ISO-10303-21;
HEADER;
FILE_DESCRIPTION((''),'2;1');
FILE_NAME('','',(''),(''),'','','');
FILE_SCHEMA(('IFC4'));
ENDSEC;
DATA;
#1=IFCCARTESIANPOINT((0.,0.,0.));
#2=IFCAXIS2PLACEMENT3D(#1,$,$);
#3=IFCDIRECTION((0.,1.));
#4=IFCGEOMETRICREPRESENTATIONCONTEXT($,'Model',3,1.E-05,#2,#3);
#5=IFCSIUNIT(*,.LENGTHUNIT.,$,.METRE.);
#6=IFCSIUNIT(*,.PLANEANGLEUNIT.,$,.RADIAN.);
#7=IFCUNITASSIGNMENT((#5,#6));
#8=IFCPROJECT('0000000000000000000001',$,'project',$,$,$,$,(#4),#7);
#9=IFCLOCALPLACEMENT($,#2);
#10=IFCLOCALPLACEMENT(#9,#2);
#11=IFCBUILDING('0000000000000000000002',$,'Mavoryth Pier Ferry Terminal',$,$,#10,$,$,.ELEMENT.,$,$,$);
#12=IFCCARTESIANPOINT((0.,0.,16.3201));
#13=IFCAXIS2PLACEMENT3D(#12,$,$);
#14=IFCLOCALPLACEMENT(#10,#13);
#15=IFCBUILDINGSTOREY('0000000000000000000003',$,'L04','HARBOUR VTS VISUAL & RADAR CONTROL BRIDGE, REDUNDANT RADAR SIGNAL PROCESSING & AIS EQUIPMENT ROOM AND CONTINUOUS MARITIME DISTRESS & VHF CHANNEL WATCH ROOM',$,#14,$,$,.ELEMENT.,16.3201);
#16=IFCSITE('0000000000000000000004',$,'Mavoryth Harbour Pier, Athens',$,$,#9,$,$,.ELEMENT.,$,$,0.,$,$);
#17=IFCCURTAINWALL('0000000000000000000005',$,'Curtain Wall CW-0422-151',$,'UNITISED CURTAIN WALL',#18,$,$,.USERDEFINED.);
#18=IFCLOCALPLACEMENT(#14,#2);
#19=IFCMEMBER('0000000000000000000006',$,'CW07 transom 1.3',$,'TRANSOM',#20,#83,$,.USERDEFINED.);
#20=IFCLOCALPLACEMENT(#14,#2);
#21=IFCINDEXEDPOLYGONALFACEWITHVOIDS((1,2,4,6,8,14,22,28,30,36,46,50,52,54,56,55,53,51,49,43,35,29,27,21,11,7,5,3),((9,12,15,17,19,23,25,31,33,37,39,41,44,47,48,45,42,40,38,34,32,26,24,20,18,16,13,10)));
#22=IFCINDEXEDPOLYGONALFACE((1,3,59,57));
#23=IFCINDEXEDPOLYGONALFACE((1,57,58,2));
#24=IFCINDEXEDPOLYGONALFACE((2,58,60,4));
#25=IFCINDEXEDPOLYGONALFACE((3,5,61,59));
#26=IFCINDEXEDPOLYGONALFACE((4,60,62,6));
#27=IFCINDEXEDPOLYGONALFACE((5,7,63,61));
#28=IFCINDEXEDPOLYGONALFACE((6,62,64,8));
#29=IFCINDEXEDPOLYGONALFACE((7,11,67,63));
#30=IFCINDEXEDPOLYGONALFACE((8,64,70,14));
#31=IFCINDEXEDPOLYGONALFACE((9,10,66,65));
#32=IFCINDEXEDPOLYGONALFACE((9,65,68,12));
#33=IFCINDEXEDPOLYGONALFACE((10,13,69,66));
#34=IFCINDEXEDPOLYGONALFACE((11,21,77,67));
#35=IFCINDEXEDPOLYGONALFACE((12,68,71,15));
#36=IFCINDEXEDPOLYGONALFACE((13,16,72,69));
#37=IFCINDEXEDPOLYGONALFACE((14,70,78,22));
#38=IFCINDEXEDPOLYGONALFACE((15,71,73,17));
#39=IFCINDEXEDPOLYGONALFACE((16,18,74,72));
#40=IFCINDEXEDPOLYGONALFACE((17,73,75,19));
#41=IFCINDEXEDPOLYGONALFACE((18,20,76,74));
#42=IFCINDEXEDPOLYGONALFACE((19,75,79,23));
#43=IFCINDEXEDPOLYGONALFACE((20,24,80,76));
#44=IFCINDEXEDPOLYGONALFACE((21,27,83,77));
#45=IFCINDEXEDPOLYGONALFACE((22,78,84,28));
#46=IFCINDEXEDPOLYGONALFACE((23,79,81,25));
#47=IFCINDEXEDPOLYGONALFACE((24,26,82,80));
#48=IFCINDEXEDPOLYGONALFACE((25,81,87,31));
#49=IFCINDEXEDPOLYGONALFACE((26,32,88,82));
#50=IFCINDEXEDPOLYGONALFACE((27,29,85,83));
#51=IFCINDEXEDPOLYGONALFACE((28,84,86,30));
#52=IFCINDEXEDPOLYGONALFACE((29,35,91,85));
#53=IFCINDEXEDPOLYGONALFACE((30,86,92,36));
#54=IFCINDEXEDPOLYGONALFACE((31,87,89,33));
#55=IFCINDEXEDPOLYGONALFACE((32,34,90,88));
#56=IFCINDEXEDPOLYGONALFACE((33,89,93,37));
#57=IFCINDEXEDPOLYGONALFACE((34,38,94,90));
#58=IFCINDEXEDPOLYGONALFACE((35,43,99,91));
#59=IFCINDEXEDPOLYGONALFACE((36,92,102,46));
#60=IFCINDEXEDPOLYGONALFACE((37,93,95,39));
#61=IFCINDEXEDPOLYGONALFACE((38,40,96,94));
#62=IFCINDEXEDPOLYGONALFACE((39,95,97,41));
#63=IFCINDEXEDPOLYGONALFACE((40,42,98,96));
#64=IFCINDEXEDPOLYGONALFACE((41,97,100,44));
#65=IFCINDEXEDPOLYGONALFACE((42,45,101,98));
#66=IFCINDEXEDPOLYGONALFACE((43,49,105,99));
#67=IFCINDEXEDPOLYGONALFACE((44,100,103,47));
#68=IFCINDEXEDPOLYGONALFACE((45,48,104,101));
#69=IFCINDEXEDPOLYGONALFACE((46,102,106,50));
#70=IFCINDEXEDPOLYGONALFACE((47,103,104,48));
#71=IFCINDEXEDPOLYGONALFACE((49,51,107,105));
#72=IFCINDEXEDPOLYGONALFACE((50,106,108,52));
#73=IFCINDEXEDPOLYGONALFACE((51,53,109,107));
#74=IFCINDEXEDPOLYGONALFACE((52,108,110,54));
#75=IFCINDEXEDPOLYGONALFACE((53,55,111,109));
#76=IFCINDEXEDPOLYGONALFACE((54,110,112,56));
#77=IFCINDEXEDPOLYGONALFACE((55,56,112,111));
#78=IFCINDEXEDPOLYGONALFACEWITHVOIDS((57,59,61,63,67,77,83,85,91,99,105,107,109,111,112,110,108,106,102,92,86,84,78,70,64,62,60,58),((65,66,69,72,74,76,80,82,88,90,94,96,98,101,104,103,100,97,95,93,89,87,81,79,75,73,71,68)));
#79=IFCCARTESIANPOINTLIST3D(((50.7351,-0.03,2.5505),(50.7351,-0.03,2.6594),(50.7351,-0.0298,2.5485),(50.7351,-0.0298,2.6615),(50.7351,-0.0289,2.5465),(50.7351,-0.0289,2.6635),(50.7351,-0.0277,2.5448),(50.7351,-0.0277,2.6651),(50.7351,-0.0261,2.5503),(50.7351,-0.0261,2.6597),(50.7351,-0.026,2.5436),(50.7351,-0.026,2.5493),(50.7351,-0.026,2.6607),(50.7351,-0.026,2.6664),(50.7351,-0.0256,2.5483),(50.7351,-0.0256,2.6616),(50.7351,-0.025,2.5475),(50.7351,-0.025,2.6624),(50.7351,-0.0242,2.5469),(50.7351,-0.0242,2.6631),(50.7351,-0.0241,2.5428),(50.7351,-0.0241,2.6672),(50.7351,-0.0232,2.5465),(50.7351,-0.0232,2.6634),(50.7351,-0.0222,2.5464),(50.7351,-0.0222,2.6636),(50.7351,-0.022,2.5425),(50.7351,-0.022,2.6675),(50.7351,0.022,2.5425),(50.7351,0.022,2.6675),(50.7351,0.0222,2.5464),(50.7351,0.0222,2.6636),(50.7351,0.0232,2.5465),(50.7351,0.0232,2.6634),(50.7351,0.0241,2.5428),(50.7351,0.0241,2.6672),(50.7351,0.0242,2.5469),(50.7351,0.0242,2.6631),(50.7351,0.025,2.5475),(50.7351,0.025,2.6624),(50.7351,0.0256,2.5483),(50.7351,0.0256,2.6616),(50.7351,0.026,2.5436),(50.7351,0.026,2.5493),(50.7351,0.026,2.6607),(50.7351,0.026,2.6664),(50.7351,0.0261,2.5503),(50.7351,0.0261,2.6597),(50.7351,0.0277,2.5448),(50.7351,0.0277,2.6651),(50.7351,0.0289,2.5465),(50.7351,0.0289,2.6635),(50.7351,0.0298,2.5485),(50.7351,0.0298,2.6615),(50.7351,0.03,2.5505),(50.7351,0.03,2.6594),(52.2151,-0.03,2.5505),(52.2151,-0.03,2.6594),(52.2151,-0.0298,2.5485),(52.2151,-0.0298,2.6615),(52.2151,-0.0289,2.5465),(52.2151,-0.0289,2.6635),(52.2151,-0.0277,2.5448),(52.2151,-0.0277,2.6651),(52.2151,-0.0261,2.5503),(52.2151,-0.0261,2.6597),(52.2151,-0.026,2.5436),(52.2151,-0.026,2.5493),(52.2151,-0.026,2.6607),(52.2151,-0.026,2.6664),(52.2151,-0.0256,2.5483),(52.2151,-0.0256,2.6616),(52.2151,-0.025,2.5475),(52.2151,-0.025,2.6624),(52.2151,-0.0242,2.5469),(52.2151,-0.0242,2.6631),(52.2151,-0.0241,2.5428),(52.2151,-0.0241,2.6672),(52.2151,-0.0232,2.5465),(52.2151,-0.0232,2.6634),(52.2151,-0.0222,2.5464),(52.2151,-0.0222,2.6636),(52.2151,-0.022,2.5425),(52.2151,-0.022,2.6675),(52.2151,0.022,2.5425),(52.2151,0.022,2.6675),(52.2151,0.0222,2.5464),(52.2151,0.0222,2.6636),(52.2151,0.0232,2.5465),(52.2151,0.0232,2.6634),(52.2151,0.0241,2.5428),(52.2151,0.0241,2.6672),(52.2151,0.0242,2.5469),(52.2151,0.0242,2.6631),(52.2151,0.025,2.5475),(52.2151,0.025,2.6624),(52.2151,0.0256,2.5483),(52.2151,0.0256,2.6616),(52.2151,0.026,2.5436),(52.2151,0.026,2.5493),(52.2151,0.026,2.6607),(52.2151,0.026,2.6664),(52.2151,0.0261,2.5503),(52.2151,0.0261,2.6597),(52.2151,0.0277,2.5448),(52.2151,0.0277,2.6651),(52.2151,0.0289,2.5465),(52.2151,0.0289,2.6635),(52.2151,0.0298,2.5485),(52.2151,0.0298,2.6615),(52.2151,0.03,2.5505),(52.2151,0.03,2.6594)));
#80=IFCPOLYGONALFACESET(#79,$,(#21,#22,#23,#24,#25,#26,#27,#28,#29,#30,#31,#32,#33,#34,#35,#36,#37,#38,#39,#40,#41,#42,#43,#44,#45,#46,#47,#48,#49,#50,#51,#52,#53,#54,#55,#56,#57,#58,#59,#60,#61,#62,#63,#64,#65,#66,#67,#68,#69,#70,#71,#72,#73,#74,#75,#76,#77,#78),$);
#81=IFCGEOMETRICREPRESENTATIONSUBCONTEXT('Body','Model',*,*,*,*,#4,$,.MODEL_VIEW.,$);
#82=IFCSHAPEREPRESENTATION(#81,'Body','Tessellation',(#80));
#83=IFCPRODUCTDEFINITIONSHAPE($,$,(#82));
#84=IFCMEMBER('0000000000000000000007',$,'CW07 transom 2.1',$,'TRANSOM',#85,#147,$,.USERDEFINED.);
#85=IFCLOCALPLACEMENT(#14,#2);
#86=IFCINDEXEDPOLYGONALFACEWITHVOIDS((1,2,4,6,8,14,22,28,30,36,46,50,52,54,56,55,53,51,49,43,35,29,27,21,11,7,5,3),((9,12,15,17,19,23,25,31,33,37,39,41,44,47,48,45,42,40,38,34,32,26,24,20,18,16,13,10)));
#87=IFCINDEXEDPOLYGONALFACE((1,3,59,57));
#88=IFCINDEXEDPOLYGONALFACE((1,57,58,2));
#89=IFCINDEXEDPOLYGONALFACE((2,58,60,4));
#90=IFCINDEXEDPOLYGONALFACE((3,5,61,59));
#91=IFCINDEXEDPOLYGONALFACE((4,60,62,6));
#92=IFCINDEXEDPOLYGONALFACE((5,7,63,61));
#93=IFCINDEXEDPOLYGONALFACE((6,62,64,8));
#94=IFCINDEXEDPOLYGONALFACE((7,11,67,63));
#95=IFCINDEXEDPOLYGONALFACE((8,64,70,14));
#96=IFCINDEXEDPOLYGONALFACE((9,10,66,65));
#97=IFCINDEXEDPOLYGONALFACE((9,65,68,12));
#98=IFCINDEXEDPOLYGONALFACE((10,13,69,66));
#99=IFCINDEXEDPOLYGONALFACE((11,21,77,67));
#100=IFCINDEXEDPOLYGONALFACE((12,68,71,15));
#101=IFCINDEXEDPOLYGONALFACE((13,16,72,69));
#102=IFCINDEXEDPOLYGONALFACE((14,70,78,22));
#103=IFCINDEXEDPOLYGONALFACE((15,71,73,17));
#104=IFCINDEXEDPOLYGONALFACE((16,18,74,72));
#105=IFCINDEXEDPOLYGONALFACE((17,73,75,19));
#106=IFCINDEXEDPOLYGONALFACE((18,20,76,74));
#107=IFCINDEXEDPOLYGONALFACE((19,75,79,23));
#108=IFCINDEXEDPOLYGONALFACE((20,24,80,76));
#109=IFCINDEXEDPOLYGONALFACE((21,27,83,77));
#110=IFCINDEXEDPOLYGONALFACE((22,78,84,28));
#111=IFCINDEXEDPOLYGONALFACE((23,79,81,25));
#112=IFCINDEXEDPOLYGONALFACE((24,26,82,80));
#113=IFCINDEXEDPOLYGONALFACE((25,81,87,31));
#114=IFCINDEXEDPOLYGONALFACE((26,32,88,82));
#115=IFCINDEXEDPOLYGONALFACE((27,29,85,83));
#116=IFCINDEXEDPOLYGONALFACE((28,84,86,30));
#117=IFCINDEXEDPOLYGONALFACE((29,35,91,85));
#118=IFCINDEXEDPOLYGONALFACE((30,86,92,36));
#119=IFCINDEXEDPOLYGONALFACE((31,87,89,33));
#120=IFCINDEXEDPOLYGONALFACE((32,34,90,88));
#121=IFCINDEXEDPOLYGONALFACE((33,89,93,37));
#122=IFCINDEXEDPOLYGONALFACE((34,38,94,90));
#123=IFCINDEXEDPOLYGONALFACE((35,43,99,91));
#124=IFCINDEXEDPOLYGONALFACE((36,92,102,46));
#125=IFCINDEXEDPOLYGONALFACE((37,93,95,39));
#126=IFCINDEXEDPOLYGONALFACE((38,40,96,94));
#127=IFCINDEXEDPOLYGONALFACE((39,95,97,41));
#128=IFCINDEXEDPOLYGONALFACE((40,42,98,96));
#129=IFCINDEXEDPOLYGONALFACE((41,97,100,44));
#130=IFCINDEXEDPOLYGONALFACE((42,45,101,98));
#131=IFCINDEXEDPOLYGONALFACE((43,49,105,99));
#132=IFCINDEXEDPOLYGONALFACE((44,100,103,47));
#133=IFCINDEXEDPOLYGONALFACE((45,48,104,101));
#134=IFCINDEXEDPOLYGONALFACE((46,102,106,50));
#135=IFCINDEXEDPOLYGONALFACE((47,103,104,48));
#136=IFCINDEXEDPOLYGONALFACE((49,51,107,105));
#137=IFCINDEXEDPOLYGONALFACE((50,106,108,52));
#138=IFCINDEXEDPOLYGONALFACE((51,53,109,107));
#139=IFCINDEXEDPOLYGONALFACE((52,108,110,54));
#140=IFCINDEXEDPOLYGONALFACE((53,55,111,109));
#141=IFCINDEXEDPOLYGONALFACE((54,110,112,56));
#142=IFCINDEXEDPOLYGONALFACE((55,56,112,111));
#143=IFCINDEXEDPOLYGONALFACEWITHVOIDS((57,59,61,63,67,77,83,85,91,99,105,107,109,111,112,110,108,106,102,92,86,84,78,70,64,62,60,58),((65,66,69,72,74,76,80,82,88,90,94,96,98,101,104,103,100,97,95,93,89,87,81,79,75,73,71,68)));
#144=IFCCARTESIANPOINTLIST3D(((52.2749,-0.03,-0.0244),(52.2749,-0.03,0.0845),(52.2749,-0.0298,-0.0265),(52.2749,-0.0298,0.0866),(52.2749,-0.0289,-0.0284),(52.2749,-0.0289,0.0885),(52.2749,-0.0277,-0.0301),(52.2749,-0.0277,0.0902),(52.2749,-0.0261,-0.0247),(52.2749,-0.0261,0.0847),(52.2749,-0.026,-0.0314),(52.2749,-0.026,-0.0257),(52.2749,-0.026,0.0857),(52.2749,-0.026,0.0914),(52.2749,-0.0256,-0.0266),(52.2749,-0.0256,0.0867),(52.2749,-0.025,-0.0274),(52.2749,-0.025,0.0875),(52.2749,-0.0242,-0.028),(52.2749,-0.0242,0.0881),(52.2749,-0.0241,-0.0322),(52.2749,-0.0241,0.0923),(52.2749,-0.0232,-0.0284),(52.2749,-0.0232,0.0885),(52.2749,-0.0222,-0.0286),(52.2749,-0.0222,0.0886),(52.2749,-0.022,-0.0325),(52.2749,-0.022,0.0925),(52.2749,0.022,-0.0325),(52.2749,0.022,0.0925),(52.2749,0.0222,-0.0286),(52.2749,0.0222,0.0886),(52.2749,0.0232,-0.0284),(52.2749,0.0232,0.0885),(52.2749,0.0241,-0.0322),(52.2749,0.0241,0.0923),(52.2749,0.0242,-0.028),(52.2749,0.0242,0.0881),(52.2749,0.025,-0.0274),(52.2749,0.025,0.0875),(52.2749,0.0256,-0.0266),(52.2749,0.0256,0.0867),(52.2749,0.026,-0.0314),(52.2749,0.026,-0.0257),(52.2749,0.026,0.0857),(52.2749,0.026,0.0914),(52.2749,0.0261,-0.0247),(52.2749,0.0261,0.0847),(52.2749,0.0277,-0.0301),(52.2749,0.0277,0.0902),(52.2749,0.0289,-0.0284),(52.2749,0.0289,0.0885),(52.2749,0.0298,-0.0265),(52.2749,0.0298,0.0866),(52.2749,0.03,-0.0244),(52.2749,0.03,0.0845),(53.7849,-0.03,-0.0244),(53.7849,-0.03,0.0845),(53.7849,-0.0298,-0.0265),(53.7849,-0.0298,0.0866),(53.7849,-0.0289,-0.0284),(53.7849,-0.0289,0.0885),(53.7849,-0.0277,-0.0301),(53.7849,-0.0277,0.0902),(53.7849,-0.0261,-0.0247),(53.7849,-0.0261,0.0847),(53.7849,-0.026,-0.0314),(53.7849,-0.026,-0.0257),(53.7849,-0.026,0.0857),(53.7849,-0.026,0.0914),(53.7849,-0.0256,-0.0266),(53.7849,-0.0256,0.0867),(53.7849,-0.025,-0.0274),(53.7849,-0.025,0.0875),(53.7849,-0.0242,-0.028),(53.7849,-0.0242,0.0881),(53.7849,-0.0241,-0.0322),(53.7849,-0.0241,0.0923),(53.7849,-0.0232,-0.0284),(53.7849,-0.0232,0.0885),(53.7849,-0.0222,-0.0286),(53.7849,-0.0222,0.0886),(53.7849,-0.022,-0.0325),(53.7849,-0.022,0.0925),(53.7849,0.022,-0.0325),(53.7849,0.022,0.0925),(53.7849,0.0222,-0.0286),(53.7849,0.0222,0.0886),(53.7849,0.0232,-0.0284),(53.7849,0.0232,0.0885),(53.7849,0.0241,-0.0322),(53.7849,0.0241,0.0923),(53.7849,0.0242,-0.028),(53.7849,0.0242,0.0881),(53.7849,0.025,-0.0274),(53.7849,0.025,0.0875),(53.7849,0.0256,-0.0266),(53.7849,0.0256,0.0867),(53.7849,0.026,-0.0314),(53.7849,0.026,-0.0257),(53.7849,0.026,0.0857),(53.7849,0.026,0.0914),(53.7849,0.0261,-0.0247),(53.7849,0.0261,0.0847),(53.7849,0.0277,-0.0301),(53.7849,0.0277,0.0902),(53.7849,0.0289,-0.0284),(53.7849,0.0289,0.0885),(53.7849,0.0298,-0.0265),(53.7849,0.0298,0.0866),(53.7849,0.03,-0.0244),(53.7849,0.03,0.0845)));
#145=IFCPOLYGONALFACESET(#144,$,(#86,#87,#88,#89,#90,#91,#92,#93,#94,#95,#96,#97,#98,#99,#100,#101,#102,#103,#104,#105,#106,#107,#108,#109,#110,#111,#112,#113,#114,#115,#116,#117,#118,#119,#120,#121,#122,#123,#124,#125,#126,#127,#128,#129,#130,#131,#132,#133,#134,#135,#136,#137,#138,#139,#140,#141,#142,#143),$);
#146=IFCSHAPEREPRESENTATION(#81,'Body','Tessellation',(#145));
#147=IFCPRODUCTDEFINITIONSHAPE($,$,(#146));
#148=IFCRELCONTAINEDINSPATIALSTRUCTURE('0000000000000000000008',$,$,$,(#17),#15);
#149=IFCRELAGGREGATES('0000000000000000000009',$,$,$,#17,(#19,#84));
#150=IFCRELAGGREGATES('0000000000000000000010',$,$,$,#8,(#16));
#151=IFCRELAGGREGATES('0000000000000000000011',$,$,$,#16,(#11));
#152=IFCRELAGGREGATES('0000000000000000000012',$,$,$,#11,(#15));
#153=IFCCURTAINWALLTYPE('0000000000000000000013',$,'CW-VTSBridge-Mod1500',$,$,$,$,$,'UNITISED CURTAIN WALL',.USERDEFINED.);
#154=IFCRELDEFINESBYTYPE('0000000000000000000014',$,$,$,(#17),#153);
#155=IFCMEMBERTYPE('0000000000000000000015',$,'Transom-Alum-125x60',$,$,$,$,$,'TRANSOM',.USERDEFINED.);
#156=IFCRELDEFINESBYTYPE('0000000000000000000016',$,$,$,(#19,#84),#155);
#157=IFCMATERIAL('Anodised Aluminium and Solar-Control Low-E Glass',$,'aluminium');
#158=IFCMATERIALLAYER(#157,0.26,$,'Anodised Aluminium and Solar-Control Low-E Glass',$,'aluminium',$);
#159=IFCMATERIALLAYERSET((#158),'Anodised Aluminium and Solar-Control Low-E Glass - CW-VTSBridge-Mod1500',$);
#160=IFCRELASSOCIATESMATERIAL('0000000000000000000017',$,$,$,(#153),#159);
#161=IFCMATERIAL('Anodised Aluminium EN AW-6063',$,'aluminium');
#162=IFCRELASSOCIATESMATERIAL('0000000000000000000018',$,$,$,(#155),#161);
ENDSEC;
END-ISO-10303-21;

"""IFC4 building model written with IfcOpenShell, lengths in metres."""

from ifc_helpers import new_model, si_unit, direction, frame, origin, origin_2d, place, context, subcontext, project, spatial, hollow_rectangle, extrude, material, layer, layer_set, material_profile, profile_set, type_object, element, aggregate, save


model = new_model("IFC4")

# Units and contexts
model_context = context("Model", 3, precision=1e-05, world=origin(), true_north=direction((0.0, 1.0)))
body_context = subcontext(model_context, "Body", "Model", "MODEL_VIEW")
ifc_project = project(units=[si_unit("LENGTHUNIT", "METRE"), si_unit("PLANEANGLEUNIT", "RADIAN")], contexts=[model_context])

# Site, building, storey
site_placement = place(None, origin())
site = spatial("IfcSite", under=ifc_project, at=site_placement, Name="Mavoryth Harbour Pier, Athens", CompositionType="ELEMENT", RefElevation=0.0)
building_placement = place(site_placement, origin())
building = spatial("IfcBuilding", under=site, at=building_placement, Name="Mavoryth Pier Ferry Terminal", CompositionType="ELEMENT")
storey_placement = place(building_placement, frame((0.0, 0.0, 16.3201)))
storey = spatial("IfcBuildingStorey", under=building, at=storey_placement, Name="L04", Description="HARBOUR VTS VISUAL & RADAR CONTROL BRIDGE, REDUNDANT RADAR SIGNAL PROCESSING & AIS EQUIPMENT ROOM AND CONTINUOUS MARITIME DISTRESS & VHF CHANNEL WATCH ROOM", CompositionType="ELEMENT", Elevation=16.3201)

# Curtain wall
ifc_material_1 = material(Name="Anodised Aluminium and Solar-Control Low-E Glass", Category="aluminium")
ifc_layer_1 = layer(ifc_material_1, 0.26, Name="Anodised Aluminium and Solar-Control Low-E Glass", Category="aluminium")
ifc_layer_set_1 = layer_set([ifc_layer_1], Name="Anodised Aluminium and Solar-Control Low-E Glass - CW-VTSBridge-Mod1500")
curtain_wall_type = type_object("IfcCurtainWallType", Name="CW-VTSBridge-Mod1500", ElementType="UNITISED CURTAIN WALL", PredefinedType="USERDEFINED", material=ifc_layer_set_1)
curtain_wall_placement = place(storey_placement, origin())
curtain_wall = element("IfcCurtainWall", 1, at=curtain_wall_placement, inside=storey, type_object=curtain_wall_type, Name="Curtain Wall CW-0422-151", ObjectType="UNITISED CURTAIN WALL", PredefinedType="USERDEFINED")
ifc_material_2 = material(Name="Anodised Aluminium EN AW-6063", Category="aluminium")

# Members
ifc_material_profile_1 = material_profile(ifc_material_2, hollow_rectangle(XDim=0.0601, YDim=0.125, WallThickness=0.0039, InnerFilletRadius=0.0039, OuterFilletRadius=0.0081, at=origin_2d()), Name="AL-TRAN 125x60x4", Category="aluminium")
ifc_profile_set_1 = profile_set([ifc_material_profile_1], Name="Anodised Aluminium EN AW-6063 - AL-TRAN 125x60x4")
member_type_1 = type_object("IfcMemberType", Name="Transom-Alum-125x60", ElementType="TRANSOM", PredefinedType="USERDEFINED", material=ifc_profile_set_1)
member_1_placement = place(storey_placement, frame((50.7351, 0.0, 2.605), z_axis=(1.0, 0.0, 0.0), x_axis=(0.0, 1.0, 0.0)))
member_1 = element("IfcMember", 2, at=member_1_placement, type_object=member_type_1, Name="CW07 transom 1.3", ObjectType="TRANSOM", PredefinedType="USERDEFINED", context=body_context, shape_type="SweptSolid", body=[
    extrude(hollow_rectangle(XDim=0.0601, YDim=0.125, WallThickness=0.0039, InnerFilletRadius=0.0039, OuterFilletRadius=0.0081, at=origin_2d()), origin(), (0.0, 0.0, 1.0), 1.48),
])
member_2_placement = place(storey_placement, frame((52.2749, 0.0, 0.03), z_axis=(1.0, 0.0, 0.0), x_axis=(0.0, 1.0, 0.0)))
member_2 = element("IfcMember", 3, at=member_2_placement, type_object=member_type_1, Name="CW07 transom 2.1", ObjectType="TRANSOM", PredefinedType="USERDEFINED", context=body_context, shape_type="SweptSolid", body=[
    extrude(hollow_rectangle(XDim=0.0601, YDim=0.125, WallThickness=0.0039, InnerFilletRadius=0.0039, OuterFilletRadius=0.0081, at=origin_2d()), origin(), (0.0, 0.0, 1.0), 1.51),
])

aggregate(curtain_wall, [member_1, member_2])

save(model, "model.ifc")
